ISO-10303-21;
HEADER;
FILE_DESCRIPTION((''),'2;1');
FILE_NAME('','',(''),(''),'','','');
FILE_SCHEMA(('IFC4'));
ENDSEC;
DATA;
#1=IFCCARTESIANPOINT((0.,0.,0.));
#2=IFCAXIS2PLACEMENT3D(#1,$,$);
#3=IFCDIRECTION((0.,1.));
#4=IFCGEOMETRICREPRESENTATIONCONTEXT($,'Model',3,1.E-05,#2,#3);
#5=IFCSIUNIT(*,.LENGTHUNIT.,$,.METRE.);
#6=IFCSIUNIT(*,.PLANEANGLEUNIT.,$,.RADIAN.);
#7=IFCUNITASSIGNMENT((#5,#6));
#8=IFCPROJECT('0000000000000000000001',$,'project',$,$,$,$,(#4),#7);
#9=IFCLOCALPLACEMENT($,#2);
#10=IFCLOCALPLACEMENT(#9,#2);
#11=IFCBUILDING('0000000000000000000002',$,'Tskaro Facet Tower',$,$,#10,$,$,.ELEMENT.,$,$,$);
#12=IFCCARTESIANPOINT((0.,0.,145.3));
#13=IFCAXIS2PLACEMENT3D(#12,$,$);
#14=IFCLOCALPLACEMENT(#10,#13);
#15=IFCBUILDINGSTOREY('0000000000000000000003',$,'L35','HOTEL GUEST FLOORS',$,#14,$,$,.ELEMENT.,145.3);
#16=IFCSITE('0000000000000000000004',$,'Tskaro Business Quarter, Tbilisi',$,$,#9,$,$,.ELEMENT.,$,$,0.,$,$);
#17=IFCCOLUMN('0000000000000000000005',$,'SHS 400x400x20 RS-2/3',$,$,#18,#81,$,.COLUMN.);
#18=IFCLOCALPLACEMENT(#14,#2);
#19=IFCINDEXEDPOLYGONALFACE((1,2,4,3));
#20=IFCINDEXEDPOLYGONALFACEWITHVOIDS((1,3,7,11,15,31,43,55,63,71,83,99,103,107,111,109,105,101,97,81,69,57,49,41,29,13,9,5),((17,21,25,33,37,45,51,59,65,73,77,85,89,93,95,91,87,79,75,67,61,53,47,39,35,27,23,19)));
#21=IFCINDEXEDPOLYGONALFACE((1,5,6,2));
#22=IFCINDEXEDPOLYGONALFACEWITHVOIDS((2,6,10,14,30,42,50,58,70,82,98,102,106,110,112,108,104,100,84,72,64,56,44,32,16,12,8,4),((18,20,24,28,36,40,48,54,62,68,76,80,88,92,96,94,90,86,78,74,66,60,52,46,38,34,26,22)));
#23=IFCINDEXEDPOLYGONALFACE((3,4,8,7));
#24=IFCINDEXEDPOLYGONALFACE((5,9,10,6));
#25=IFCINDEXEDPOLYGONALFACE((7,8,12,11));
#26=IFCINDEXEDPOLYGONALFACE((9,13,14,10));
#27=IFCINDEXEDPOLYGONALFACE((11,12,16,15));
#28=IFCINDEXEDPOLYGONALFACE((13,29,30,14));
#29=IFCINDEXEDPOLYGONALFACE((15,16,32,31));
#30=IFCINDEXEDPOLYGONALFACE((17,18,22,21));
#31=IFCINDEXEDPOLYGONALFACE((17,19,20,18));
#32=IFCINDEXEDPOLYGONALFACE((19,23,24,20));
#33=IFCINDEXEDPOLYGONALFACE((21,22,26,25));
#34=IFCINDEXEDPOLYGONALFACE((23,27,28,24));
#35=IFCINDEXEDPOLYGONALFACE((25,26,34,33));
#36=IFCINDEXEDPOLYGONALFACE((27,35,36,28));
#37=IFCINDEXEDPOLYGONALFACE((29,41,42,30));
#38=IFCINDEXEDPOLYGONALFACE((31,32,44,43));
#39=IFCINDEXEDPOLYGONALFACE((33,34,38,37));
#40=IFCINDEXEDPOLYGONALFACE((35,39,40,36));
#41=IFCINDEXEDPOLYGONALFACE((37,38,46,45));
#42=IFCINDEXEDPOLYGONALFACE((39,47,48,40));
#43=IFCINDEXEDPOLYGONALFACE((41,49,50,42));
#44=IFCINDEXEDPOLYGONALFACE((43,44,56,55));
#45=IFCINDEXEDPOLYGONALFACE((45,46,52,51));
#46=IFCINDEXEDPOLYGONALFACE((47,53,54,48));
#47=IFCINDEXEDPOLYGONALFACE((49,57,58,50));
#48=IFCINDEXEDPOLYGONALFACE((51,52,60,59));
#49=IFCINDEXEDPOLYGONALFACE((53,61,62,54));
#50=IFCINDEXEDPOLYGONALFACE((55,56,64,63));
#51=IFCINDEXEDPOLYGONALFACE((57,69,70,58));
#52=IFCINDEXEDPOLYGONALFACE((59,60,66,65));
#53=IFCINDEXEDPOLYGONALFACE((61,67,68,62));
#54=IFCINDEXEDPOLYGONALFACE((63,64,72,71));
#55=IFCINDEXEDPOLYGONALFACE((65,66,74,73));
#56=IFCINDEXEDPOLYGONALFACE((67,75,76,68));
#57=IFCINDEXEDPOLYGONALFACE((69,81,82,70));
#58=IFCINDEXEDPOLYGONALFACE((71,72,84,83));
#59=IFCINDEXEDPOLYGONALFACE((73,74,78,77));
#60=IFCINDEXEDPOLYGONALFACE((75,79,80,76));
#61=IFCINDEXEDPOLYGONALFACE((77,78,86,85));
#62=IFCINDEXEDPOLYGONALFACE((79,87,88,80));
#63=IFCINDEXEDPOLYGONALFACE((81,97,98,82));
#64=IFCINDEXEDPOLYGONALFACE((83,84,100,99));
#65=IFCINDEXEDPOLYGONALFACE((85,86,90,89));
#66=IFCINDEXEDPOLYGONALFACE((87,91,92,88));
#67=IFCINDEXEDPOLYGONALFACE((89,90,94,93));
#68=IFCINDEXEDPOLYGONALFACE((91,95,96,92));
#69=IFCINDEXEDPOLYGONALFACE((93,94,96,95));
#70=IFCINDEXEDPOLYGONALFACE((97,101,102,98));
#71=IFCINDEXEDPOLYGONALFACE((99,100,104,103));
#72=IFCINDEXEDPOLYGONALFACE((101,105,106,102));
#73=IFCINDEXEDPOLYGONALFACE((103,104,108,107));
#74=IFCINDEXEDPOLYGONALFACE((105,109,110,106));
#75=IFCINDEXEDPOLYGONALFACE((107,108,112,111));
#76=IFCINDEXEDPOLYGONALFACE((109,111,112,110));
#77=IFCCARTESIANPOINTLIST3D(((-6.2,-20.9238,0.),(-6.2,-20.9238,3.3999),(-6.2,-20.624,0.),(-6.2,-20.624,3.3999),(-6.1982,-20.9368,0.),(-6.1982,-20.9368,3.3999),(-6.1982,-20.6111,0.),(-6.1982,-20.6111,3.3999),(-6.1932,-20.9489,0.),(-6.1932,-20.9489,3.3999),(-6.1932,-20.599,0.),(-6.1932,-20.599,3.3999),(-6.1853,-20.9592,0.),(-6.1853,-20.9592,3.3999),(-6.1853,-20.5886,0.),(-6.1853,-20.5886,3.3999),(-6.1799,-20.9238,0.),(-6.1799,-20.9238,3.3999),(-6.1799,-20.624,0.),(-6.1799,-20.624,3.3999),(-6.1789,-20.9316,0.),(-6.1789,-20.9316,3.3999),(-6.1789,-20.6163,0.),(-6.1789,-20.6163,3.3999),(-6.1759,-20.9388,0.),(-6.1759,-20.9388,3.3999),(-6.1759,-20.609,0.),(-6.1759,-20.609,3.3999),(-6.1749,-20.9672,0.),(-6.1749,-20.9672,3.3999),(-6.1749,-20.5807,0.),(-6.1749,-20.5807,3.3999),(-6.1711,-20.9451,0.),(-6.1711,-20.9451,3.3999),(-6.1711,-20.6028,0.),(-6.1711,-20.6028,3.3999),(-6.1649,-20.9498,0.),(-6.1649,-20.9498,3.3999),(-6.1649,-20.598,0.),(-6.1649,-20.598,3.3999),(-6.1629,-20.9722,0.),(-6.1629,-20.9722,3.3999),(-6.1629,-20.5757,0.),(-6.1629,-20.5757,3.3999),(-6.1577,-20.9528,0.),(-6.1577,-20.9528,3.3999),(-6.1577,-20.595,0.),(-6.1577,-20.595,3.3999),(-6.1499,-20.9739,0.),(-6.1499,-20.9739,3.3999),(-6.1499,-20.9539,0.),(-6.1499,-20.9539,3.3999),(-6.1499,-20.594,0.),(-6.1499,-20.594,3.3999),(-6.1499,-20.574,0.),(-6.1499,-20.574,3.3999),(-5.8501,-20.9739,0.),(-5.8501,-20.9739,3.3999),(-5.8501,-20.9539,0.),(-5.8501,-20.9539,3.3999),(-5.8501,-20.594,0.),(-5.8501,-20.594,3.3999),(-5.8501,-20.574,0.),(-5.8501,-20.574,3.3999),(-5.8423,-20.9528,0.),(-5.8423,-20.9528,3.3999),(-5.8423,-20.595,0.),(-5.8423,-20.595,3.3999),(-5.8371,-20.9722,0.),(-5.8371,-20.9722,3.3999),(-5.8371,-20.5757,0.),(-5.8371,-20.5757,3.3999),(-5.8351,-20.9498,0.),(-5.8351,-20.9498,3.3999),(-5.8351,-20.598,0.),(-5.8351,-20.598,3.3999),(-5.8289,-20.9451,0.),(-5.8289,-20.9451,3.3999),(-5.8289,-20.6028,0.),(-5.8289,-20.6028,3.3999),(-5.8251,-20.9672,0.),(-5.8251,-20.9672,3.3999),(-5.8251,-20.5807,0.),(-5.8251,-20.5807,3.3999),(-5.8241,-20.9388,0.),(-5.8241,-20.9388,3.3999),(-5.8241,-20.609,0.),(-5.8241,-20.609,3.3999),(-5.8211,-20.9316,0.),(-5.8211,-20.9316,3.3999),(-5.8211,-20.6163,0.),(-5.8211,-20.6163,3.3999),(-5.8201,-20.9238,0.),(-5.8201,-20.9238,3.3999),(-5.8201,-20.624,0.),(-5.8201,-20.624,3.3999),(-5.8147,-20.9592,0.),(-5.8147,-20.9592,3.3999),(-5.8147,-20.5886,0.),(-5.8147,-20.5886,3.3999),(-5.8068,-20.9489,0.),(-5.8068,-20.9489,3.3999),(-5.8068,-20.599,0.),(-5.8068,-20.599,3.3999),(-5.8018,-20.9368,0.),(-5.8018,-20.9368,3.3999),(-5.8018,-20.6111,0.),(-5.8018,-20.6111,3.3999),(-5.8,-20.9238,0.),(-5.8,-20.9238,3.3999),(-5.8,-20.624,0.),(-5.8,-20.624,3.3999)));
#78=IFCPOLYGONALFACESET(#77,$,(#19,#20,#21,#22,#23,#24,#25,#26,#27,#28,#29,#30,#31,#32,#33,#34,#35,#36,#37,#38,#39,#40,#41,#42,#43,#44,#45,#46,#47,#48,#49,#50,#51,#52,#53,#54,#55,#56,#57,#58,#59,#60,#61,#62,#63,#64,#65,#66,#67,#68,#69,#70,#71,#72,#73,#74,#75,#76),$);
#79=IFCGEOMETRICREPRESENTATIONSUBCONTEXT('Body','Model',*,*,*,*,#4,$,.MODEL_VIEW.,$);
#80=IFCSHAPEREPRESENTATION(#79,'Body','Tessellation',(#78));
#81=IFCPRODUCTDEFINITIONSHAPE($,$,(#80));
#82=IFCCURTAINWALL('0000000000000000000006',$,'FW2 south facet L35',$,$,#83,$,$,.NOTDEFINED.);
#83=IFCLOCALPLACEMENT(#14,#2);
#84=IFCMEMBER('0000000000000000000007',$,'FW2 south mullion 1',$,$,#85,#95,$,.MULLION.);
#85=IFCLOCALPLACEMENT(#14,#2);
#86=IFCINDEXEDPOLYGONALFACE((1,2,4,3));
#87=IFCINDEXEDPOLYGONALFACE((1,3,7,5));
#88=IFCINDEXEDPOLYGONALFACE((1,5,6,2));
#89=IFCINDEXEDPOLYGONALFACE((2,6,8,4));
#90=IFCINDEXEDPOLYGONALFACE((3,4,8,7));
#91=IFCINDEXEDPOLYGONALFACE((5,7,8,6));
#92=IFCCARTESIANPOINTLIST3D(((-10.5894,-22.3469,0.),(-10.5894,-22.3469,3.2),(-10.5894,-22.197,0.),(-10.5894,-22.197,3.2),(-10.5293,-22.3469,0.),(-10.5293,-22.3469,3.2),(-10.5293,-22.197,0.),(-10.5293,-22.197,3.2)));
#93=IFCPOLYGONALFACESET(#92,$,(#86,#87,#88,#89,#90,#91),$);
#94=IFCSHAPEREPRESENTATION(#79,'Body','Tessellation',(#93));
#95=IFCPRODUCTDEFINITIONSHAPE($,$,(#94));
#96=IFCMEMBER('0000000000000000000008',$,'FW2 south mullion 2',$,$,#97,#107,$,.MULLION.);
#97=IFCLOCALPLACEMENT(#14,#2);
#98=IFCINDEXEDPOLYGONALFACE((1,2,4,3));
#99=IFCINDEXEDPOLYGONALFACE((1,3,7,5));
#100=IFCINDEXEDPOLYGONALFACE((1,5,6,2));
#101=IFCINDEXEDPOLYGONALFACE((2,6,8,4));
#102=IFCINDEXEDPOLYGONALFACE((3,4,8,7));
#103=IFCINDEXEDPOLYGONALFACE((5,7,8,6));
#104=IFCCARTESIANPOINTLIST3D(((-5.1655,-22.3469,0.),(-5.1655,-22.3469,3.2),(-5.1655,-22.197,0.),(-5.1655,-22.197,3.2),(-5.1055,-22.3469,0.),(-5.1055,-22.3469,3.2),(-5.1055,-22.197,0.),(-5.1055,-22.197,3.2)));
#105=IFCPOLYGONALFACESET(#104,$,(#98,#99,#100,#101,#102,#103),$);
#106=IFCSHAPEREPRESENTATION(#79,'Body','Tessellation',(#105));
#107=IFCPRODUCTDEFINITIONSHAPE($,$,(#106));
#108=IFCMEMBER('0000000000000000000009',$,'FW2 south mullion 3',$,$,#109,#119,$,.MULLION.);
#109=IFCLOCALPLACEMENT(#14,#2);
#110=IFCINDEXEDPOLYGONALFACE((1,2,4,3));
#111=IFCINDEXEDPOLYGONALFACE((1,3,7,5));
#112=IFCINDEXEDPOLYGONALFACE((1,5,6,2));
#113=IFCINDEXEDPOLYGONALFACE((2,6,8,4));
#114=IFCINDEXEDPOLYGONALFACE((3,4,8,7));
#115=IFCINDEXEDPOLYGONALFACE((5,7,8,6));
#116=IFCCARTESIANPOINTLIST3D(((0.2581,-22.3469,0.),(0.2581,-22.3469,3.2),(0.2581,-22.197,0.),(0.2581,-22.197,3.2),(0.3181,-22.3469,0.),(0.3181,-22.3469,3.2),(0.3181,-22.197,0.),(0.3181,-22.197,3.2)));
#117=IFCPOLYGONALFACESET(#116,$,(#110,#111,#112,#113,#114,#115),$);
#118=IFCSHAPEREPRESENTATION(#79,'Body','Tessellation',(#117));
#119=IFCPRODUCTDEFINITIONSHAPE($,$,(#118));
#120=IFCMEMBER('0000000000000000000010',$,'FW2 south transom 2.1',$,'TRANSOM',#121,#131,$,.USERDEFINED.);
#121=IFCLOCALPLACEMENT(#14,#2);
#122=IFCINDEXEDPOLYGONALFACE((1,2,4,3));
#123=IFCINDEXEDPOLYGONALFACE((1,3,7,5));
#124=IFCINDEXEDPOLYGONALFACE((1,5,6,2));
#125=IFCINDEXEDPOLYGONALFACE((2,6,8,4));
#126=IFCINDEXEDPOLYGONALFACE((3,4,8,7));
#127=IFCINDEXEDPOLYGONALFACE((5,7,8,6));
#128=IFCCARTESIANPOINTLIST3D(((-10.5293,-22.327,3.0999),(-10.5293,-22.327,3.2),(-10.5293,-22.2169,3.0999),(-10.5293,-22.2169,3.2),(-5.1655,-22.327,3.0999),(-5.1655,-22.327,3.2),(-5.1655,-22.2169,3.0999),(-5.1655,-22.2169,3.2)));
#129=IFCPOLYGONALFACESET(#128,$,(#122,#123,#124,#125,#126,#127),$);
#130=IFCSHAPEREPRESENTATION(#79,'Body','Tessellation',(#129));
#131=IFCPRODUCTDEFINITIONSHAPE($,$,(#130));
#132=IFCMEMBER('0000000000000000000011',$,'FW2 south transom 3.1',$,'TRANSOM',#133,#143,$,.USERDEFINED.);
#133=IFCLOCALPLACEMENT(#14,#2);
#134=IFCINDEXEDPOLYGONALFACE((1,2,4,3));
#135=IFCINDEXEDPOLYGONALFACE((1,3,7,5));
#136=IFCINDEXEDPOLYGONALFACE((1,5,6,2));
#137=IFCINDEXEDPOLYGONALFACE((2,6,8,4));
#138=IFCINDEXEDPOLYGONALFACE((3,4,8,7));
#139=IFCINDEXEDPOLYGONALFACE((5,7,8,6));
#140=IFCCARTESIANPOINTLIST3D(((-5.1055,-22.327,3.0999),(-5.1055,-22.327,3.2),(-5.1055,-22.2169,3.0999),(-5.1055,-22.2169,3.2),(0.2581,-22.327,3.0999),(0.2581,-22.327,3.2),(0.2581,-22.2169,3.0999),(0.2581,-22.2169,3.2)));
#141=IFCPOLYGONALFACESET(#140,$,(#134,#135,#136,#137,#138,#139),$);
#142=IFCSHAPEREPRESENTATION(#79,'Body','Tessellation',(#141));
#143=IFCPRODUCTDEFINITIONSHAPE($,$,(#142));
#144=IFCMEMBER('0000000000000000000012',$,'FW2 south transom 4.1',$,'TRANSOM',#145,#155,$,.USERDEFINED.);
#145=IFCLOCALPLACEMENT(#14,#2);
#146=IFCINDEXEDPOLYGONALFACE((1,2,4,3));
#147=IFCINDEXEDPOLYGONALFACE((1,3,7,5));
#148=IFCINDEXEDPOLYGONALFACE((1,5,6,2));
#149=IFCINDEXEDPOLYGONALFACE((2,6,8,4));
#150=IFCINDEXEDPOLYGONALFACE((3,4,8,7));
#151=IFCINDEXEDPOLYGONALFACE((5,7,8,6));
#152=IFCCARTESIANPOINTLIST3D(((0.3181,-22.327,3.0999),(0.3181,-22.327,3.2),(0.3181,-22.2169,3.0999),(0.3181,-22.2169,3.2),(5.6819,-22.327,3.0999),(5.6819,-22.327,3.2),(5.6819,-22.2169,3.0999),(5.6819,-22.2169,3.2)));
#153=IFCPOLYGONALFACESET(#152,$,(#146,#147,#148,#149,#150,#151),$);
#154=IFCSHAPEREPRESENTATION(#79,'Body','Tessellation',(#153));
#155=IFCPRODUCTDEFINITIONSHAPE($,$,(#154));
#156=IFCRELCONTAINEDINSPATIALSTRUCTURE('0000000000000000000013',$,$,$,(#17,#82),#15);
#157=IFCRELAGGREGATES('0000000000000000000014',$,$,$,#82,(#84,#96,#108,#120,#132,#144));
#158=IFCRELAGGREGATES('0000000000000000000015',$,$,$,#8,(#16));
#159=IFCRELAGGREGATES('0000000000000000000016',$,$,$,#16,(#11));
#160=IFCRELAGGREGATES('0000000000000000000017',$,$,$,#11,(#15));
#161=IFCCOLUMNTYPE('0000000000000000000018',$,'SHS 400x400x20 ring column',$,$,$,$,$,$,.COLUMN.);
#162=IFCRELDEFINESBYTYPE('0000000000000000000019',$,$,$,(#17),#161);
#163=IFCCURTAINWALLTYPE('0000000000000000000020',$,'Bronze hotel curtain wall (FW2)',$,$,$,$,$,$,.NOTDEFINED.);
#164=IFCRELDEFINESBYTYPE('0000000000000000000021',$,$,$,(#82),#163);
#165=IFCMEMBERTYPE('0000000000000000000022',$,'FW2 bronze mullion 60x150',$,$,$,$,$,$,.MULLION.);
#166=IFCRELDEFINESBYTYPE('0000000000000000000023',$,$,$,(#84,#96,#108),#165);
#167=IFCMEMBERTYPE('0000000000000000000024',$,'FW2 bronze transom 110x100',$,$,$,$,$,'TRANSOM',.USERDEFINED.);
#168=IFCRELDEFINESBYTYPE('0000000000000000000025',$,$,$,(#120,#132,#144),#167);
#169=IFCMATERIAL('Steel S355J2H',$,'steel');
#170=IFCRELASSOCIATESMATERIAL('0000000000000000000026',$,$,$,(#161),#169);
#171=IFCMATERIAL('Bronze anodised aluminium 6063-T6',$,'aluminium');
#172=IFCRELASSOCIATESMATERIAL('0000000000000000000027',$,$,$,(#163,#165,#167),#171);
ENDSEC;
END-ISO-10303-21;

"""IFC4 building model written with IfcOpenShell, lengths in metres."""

from ifc_helpers import new_model, si_unit, direction, frame, origin, origin_2d, place, context, subcontext, project, spatial, rectangle, hollow_rectangle, extrude, material, material_profile, profile_set, type_object, element, aggregate, save


model = new_model("IFC4")

# Units and contexts
model_context = context("Model", 3, precision=1e-05, world=origin(), true_north=direction((0.0, 1.0)))
body_context = subcontext(model_context, "Body", "Model", "MODEL_VIEW")
ifc_project = project(units=[si_unit("LENGTHUNIT", "METRE"), si_unit("PLANEANGLEUNIT", "RADIAN")], contexts=[model_context])

# Site, building, storey
site_placement = place(None, origin())
site = spatial("IfcSite", under=ifc_project, at=site_placement, Name="Tskaro Business Quarter, Tbilisi", CompositionType="ELEMENT", RefElevation=0.0)
building_placement = place(site_placement, origin())
building = spatial("IfcBuilding", under=site, at=building_placement, Name="Tskaro Facet Tower", CompositionType="ELEMENT")
storey_placement = place(building_placement, frame((0.0, 0.0, 145.3)))
storey = spatial("IfcBuildingStorey", under=building, at=storey_placement, Name="L35", Description="HOTEL GUEST FLOORS", CompositionType="ELEMENT", Elevation=145.3)

# Column
ifc_material_1 = material(Name="Steel S355J2H", Category="steel")
ifc_material_profile_1 = material_profile(ifc_material_1, hollow_rectangle(XDim=0.3999, YDim=0.3999, WallThickness=0.02, InnerFilletRadius=0.03, OuterFilletRadius=0.05, at=origin_2d()), Name="SHS 400x400x20")
ifc_profile_set_1 = profile_set([ifc_material_profile_1], Name="Steel S355J2H")
column_type = type_object("IfcColumnType", Name="SHS 400x400x20 ring column", PredefinedType="COLUMN", material=ifc_profile_set_1)
column_placement = place(storey_placement, frame((-6.0, -20.7739, 0.0), z_axis=(0.0, 0.0, 1.0), x_axis=(1.0, 0.0, 0.0)))
element("IfcColumn", 1, at=column_placement, inside=storey, type_object=column_type, Name="SHS 400x400x20 RS-2/3", PredefinedType="COLUMN", context=body_context, shape_type="SweptSolid", body=[
    extrude(hollow_rectangle(XDim=0.3999, YDim=0.3999, WallThickness=0.02, InnerFilletRadius=0.03, OuterFilletRadius=0.05, at=origin_2d()), origin(), (0.0, 0.0, 1.0), 3.3999),
])

# Curtain wall, members
ifc_material_2 = material(Name="Bronze anodised aluminium 6063-T6", Category="aluminium")
curtain_wall_type = type_object("IfcCurtainWallType", Name="Bronze hotel curtain wall (FW2)", PredefinedType="NOTDEFINED", material=ifc_material_2)
curtain_wall_placement = place(storey_placement, origin())
curtain_wall = element("IfcCurtainWall", 2, at=curtain_wall_placement, inside=storey, type_object=curtain_wall_type, Name="FW2 south facet L35", PredefinedType="NOTDEFINED")
ifc_material_profile_2 = material_profile(ifc_material_2, rectangle(XDim=0.0601, YDim=0.1499, at=origin_2d()), Name="Mullion 60x150")
ifc_profile_set_2 = profile_set([ifc_material_profile_2], Name="Bronze anodised aluminium 6063-T6")
member_type_1 = type_object("IfcMemberType", Name="FW2 bronze mullion 60x150", PredefinedType="MULLION", material=ifc_profile_set_2)
member_1_placement = place(storey_placement, frame((-10.5593, -22.272, 0.0), z_axis=(0.0, 0.0, 1.0), x_axis=(1.0, 0.0, 0.0)))
member_1 = element("IfcMember", 3, at=member_1_placement, type_object=member_type_1, Name="FW2 south mullion 1", PredefinedType="MULLION", context=body_context, shape_type="SweptSolid", body=[
    extrude(rectangle(XDim=0.0601, YDim=0.1499, at=origin_2d()), origin(), (0.0, 0.0, 1.0), 3.2),
])
member_2_placement = place(storey_placement, frame((-5.1355, -22.272, 0.0), z_axis=(0.0, 0.0, 1.0), x_axis=(1.0, 0.0, 0.0)))
member_2 = element("IfcMember", 4, at=member_2_placement, type_object=member_type_1, Name="FW2 south mullion 2", PredefinedType="MULLION", context=body_context, shape_type="SweptSolid", body=[
    extrude(rectangle(XDim=0.0601, YDim=0.1499, at=origin_2d()), origin(), (0.0, 0.0, 1.0), 3.2),
])
member_3_placement = place(storey_placement, frame((0.2881, -22.272, 0.0), z_axis=(0.0, 0.0, 1.0), x_axis=(1.0, 0.0, 0.0)))
member_3 = element("IfcMember", 5, at=member_3_placement, type_object=member_type_1, Name="FW2 south mullion 3", PredefinedType="MULLION", context=body_context, shape_type="SweptSolid", body=[
    extrude(rectangle(XDim=0.0601, YDim=0.1499, at=origin_2d()), origin(), (0.0, 0.0, 1.0), 3.2),
])
ifc_material_profile_3 = material_profile(ifc_material_2, rectangle(XDim=0.1101, YDim=0.1001, at=origin_2d()), Name="Transom 110x100")
ifc_profile_set_3 = profile_set([ifc_material_profile_3], Name="Bronze anodised aluminium 6063-T6")
member_type_2 = type_object("IfcMemberType", Name="FW2 bronze transom 110x100", ElementType="TRANSOM", PredefinedType="USERDEFINED", material=ifc_profile_set_3)
member_4_placement = place(storey_placement, frame((-10.5293, -22.272, 3.1499), z_axis=(1.0, 0.0, 0.0), x_axis=(0.0, 1.0, 0.0)))
member_4 = element("IfcMember", 6, at=member_4_placement, type_object=member_type_2, Name="FW2 south transom 2.1", ObjectType="TRANSOM", PredefinedType="USERDEFINED", context=body_context, shape_type="SweptSolid", body=[
    extrude(rectangle(XDim=0.1101, YDim=0.1001, at=origin_2d()), origin(), (0.0, 0.0, 1.0), 5.3638),
])
member_5_placement = place(storey_placement, frame((-5.1055, -22.272, 3.1499), z_axis=(1.0, 0.0, 0.0), x_axis=(0.0, 1.0, 0.0)))
member_5 = element("IfcMember", 7, at=member_5_placement, type_object=member_type_2, Name="FW2 south transom 3.1", ObjectType="TRANSOM", PredefinedType="USERDEFINED", context=body_context, shape_type="SweptSolid", body=[
    extrude(rectangle(XDim=0.1101, YDim=0.1001, at=origin_2d()), origin(), (0.0, 0.0, 1.0), 5.3635),
])
member_6_placement = place(storey_placement, frame((0.3181, -22.272, 3.1499), z_axis=(1.0, 0.0, 0.0), x_axis=(0.0, 1.0, 0.0)))
member_6 = element("IfcMember", 8, at=member_6_placement, type_object=member_type_2, Name="FW2 south transom 4.1", ObjectType="TRANSOM", PredefinedType="USERDEFINED", context=body_context, shape_type="SweptSolid", body=[
    extrude(rectangle(XDim=0.1101, YDim=0.1001, at=origin_2d()), origin(), (0.0, 0.0, 1.0), 5.3638),
])

aggregate(curtain_wall, [member_1, member_2, member_3, member_4, member_5, member_6])

save(model, "model.ifc")
